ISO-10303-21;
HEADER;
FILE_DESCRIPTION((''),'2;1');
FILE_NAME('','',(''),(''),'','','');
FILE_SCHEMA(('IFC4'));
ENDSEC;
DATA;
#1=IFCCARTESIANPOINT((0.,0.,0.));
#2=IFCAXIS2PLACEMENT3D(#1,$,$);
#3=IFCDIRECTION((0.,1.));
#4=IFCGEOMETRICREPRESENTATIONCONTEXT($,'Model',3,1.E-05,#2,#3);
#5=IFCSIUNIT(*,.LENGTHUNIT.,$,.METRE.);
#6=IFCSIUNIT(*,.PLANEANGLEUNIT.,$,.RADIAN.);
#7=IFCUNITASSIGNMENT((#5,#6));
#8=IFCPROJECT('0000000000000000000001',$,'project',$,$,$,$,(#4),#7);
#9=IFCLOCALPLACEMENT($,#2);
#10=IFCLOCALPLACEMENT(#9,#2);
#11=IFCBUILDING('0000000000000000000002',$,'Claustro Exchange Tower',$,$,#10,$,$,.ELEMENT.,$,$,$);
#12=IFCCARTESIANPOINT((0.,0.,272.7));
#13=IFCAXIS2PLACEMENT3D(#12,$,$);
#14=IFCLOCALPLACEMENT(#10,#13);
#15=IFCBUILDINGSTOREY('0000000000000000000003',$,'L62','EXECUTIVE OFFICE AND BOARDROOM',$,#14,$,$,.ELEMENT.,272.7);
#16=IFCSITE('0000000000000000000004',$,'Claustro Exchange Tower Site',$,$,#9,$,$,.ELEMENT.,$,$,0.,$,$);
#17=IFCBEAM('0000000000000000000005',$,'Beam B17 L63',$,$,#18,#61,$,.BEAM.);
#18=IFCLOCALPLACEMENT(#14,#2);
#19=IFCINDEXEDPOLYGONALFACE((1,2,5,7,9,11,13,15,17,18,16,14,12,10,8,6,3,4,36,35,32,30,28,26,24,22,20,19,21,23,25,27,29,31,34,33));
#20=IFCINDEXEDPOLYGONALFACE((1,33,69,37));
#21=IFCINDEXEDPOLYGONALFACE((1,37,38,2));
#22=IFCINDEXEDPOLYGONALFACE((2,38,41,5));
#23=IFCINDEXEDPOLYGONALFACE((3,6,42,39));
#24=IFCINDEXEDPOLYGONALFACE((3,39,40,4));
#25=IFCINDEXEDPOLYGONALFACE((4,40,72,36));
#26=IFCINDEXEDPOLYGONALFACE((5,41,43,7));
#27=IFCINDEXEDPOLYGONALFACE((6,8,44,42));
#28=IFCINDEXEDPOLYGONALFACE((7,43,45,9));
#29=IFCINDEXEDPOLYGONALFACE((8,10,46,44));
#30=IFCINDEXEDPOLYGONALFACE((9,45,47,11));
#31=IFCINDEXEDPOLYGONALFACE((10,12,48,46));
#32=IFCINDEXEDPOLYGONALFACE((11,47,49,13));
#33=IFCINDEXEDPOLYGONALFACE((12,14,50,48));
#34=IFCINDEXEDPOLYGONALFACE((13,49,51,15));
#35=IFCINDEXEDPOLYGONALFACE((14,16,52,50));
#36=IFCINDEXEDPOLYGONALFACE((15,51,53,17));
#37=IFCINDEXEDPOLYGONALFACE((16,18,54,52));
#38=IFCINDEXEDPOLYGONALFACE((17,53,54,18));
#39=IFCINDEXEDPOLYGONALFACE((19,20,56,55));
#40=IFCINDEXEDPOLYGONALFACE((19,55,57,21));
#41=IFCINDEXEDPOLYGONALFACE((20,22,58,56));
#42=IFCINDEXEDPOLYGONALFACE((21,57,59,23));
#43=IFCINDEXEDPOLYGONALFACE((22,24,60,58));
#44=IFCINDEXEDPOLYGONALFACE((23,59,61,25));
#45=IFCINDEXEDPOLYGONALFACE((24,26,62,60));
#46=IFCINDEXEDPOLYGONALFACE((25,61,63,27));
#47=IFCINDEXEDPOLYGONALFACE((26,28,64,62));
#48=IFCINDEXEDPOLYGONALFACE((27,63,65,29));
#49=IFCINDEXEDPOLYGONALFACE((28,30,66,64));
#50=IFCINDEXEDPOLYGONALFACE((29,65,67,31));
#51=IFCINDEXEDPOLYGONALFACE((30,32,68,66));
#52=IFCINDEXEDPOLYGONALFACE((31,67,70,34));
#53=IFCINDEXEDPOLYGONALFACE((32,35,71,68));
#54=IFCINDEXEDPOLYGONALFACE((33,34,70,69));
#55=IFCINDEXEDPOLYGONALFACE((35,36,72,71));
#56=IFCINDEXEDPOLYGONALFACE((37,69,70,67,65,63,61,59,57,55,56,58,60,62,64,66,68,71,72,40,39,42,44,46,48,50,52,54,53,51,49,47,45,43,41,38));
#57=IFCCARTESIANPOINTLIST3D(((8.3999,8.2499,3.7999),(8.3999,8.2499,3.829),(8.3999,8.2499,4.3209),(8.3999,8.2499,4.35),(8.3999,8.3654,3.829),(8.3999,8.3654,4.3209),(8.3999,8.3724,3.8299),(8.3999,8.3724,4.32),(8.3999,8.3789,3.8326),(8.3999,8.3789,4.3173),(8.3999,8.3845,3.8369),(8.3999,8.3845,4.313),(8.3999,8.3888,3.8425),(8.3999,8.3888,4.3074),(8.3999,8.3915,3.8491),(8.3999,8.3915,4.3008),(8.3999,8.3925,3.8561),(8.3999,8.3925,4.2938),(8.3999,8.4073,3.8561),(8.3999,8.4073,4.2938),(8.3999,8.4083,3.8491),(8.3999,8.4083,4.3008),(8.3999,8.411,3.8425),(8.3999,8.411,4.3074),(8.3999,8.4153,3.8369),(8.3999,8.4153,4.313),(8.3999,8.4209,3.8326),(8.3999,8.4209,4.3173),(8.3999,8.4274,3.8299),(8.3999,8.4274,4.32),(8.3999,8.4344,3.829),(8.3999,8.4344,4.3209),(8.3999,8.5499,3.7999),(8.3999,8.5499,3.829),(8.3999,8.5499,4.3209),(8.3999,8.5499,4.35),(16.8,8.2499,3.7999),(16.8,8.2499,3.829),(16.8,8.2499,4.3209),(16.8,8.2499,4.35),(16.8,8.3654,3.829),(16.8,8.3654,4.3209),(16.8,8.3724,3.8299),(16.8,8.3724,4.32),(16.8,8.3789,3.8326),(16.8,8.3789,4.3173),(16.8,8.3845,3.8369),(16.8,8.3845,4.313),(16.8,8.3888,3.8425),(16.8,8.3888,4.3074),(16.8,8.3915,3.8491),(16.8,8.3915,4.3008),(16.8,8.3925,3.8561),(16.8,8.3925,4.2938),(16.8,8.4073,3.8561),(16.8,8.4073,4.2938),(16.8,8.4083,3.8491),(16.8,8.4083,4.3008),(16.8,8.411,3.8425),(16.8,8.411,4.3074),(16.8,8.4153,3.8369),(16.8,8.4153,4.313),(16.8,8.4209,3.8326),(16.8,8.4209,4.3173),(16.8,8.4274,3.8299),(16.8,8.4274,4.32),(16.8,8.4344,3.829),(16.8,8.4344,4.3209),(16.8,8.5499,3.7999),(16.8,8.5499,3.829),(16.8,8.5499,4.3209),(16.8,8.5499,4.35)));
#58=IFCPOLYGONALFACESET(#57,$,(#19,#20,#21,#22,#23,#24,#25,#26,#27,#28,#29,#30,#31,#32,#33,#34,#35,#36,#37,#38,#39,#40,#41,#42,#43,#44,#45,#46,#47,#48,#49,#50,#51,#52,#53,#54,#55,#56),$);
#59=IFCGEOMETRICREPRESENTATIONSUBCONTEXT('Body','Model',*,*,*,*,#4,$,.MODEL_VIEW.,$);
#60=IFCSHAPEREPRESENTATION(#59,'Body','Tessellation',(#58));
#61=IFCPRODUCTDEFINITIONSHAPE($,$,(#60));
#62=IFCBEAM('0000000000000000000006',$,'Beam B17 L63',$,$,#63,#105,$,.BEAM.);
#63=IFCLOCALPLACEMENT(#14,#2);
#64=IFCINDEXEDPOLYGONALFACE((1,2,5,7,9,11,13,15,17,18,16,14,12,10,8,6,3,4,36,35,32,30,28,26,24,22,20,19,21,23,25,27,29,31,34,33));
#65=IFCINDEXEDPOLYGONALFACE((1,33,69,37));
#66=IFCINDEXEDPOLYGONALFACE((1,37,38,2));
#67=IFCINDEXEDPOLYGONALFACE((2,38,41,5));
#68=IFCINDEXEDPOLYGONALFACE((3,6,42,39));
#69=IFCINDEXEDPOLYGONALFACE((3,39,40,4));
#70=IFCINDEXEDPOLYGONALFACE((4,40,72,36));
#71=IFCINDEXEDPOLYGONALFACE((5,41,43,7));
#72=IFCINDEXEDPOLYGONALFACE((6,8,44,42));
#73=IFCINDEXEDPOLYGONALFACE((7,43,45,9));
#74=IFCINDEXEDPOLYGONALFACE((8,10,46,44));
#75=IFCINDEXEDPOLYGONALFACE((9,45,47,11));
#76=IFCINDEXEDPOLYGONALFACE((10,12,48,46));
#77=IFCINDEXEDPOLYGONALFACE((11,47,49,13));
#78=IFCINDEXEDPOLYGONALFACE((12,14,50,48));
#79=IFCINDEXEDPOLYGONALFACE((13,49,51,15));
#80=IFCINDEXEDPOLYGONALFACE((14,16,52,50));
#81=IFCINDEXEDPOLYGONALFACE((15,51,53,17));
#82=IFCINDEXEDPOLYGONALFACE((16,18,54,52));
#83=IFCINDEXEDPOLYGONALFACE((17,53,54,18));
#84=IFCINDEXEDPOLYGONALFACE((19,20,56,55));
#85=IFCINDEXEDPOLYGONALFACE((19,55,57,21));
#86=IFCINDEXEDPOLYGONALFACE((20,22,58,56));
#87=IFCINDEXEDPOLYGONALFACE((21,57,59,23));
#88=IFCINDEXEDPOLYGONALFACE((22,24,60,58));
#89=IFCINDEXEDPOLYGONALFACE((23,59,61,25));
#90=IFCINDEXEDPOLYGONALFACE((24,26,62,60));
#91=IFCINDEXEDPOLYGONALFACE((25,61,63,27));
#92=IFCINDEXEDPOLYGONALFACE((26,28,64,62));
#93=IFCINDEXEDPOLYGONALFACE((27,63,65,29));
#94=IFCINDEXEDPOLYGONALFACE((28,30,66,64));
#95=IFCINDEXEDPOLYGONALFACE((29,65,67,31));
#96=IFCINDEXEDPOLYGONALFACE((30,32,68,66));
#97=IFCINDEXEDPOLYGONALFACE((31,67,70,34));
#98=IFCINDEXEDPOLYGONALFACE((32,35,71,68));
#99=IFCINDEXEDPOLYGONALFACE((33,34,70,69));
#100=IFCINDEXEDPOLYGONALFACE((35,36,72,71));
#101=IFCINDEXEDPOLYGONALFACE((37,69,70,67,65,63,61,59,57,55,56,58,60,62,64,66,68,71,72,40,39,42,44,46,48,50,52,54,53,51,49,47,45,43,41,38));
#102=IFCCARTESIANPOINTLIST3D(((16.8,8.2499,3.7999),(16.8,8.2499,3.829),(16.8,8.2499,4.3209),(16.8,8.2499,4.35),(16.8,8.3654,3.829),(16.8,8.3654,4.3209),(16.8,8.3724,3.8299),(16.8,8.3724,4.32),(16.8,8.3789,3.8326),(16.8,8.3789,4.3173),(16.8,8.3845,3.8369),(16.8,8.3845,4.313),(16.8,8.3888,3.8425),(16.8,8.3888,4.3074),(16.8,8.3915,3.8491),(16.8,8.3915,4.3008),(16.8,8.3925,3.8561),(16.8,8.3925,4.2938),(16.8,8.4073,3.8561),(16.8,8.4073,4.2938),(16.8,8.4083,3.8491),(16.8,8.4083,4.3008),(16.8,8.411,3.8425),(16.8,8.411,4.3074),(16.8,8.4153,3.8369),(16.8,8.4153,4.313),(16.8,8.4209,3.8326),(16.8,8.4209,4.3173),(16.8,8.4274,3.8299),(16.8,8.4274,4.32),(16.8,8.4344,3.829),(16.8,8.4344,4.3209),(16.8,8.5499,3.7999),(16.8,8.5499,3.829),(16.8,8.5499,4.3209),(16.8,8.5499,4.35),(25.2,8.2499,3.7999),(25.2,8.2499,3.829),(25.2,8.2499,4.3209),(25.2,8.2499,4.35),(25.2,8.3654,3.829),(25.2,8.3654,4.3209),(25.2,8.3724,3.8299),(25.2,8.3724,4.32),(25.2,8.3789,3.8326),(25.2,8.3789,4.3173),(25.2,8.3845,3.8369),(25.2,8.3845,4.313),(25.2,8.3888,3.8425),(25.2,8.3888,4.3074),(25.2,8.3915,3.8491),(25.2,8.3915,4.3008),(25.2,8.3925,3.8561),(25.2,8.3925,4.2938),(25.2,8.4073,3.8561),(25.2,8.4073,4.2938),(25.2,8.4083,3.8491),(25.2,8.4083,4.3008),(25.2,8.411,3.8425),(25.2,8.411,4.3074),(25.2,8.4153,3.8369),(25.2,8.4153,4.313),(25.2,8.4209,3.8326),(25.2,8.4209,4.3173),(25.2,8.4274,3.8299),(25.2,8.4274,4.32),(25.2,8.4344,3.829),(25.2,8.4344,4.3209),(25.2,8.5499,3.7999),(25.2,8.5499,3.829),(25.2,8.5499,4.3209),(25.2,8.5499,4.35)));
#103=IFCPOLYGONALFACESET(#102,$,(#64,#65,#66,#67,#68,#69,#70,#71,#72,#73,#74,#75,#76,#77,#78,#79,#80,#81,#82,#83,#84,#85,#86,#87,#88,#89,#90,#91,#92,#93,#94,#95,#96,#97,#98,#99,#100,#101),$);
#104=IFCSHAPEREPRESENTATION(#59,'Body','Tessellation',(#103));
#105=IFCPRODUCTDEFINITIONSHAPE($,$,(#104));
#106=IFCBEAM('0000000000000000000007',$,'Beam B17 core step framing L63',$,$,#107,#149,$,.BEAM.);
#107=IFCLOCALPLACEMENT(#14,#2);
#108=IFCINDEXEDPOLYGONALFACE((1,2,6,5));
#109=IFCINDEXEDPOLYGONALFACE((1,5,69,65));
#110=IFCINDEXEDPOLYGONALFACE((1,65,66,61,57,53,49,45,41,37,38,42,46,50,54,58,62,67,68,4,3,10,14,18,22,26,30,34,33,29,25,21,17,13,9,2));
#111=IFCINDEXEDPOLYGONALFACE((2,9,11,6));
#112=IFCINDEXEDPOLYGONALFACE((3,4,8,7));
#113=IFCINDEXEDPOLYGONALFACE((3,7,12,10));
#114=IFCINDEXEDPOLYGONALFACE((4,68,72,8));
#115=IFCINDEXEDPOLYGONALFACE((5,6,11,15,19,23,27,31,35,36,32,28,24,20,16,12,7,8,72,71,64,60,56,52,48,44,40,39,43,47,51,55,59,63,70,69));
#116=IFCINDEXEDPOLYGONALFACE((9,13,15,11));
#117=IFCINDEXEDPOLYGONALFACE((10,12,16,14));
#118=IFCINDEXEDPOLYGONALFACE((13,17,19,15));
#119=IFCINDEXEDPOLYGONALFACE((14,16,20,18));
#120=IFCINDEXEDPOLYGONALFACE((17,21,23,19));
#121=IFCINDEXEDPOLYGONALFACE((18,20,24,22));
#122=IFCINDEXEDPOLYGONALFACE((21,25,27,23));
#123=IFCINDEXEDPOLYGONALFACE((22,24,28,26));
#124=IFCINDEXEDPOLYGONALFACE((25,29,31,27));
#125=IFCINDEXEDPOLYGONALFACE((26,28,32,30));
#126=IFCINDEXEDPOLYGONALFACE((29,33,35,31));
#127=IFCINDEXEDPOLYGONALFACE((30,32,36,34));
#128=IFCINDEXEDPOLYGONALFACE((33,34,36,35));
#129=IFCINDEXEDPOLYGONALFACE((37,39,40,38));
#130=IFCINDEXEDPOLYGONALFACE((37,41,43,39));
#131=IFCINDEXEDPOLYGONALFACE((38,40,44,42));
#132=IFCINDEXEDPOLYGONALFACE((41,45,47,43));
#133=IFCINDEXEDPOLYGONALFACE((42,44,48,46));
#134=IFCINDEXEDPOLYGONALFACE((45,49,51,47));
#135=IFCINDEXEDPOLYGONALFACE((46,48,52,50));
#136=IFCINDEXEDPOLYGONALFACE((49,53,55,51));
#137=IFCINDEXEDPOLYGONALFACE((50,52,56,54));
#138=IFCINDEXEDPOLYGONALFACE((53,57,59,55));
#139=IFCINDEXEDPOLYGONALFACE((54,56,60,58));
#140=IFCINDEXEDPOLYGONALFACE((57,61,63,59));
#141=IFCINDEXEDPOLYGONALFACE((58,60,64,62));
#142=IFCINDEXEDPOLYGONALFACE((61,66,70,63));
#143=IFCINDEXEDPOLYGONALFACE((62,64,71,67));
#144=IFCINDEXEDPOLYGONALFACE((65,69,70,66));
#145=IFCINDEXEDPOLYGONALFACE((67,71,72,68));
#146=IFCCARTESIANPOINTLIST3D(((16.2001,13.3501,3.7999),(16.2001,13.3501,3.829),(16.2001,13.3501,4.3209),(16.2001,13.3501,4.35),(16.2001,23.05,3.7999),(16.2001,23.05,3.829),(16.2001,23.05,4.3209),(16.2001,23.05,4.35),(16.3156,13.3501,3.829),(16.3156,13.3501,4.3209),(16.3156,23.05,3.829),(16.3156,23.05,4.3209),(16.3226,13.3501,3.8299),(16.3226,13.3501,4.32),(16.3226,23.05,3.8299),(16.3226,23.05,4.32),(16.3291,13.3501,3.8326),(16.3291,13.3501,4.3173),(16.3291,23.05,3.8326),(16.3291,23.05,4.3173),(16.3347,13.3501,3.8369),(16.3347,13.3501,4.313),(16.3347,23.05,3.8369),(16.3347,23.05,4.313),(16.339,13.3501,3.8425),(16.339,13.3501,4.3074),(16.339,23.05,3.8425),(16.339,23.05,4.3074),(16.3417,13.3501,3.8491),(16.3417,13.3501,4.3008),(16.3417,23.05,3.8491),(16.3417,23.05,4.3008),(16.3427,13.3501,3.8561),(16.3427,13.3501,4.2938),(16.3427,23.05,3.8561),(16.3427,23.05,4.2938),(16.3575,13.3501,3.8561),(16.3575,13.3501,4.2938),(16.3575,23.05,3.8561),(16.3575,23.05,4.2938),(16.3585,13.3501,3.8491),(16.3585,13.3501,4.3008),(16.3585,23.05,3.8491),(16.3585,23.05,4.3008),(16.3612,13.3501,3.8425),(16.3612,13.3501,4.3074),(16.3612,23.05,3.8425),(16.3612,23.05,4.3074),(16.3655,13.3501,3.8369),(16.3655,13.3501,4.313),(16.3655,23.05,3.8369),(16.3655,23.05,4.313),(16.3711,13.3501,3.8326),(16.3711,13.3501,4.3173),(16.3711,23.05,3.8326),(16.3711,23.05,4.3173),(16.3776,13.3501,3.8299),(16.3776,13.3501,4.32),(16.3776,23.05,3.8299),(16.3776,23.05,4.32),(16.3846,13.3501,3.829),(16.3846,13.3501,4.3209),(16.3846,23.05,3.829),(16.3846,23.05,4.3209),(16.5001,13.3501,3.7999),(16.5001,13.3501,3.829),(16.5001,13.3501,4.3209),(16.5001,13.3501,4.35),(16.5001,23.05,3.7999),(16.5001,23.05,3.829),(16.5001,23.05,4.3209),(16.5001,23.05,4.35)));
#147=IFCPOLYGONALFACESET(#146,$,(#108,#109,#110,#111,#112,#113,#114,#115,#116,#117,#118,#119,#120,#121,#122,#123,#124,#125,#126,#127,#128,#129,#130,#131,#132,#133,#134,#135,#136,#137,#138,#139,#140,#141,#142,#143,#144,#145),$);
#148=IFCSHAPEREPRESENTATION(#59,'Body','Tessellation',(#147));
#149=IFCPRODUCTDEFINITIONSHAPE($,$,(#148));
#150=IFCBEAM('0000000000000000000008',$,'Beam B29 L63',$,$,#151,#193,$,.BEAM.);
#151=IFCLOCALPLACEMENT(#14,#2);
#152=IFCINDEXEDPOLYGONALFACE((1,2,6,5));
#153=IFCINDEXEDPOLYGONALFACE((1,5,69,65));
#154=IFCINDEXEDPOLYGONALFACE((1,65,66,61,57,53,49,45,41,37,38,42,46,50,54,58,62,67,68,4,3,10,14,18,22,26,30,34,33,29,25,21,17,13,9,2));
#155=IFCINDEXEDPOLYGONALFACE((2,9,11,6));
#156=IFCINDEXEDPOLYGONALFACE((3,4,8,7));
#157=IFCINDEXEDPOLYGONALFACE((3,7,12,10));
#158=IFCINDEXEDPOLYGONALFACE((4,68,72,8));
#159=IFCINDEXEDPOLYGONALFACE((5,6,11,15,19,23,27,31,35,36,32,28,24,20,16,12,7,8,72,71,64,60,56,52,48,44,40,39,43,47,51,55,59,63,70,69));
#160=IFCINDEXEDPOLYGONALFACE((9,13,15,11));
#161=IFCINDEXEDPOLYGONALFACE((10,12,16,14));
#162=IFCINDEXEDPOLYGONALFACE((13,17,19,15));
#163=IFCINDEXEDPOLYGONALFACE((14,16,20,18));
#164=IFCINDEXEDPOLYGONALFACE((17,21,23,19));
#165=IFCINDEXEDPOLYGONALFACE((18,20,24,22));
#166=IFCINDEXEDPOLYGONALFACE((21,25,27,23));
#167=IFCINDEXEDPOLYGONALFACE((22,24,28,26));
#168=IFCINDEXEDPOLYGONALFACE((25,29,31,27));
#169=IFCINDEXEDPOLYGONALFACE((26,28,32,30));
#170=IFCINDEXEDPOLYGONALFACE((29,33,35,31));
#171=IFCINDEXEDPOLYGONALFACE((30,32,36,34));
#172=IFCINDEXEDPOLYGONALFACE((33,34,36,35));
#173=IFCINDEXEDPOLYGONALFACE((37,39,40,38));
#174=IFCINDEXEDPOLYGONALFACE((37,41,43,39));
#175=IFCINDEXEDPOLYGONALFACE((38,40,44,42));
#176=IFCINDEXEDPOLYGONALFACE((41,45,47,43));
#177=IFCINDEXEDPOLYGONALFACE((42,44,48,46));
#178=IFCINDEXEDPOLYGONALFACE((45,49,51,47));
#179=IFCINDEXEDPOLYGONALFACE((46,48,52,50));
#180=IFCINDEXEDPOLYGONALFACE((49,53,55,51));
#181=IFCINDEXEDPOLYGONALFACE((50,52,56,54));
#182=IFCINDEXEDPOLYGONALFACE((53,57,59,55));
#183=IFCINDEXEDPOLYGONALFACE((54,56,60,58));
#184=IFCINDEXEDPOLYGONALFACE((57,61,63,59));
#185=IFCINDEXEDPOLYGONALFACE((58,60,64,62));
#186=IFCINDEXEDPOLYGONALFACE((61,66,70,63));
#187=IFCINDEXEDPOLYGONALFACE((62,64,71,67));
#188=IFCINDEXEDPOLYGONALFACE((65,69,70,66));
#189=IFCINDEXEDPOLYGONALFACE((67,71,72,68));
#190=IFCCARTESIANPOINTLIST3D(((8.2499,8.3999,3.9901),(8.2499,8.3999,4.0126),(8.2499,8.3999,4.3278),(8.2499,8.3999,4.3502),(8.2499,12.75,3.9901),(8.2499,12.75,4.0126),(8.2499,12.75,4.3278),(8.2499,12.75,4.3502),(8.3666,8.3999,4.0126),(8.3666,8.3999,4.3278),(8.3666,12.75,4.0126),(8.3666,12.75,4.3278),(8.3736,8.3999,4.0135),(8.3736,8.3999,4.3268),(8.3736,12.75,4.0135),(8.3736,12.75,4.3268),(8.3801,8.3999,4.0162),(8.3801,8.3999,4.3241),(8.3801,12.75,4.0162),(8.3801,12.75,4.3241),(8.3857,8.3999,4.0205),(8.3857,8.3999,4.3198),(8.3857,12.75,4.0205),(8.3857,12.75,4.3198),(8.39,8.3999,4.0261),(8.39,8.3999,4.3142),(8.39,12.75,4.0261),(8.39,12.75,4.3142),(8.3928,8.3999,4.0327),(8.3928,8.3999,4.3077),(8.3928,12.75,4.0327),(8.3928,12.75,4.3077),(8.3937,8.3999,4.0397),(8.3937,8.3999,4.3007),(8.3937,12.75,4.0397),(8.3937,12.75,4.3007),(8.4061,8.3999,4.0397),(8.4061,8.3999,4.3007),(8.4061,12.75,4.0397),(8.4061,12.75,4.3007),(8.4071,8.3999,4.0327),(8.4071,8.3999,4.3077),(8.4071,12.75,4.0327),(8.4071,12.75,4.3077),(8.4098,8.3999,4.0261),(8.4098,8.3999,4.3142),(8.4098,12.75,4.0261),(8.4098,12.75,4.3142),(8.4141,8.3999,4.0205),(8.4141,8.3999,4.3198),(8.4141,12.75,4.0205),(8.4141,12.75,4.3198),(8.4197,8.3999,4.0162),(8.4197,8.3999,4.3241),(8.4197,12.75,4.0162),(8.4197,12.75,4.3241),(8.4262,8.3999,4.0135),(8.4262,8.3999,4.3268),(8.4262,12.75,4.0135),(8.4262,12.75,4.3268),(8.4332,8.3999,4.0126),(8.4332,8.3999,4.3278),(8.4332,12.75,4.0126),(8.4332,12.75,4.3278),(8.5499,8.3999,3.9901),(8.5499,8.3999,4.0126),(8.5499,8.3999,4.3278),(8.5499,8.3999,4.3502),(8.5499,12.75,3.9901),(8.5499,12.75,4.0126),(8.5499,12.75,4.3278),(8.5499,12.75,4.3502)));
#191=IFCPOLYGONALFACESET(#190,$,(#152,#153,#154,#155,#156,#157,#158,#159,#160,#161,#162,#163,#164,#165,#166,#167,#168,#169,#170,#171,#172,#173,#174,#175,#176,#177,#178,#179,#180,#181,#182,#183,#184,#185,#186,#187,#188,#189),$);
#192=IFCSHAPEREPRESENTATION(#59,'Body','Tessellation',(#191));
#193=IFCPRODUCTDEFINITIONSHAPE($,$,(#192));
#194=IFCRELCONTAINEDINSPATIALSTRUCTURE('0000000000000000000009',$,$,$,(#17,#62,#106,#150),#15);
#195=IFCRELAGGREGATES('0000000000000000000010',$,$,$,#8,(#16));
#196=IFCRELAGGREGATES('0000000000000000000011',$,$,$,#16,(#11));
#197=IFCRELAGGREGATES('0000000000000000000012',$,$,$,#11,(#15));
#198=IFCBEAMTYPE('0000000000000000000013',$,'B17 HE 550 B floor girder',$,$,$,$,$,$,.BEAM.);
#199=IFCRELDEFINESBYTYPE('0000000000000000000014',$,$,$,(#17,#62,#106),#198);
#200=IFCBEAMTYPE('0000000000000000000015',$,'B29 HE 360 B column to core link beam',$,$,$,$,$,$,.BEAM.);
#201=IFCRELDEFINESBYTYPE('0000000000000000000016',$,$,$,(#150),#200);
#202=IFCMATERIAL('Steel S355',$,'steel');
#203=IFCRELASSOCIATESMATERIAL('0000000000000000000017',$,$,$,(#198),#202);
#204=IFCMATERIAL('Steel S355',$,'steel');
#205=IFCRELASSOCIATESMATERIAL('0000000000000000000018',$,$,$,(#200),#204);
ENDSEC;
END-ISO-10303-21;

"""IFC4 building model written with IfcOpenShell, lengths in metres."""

from ifc_helpers import new_model, si_unit, direction, frame, origin, origin_2d, place, context, subcontext, project, spatial, i_section, extrude, material, material_profile, profile_set, type_object, element, save


model = new_model("IFC4")

# Units and contexts
model_context = context("Model", 3, precision=1e-05, world=origin(), true_north=direction((0.0, 1.0)))
body_context = subcontext(model_context, "Body", "Model", "MODEL_VIEW")
ifc_project = project(units=[si_unit("LENGTHUNIT", "METRE"), si_unit("PLANEANGLEUNIT", "RADIAN")], contexts=[model_context])

# Site, building, storey
site_placement = place(None, origin())
site = spatial("IfcSite", under=ifc_project, at=site_placement, Name="Claustro Exchange Tower Site", CompositionType="ELEMENT", RefElevation=0.0)
building_placement = place(site_placement, origin())
building = spatial("IfcBuilding", under=site, at=building_placement, Name="Claustro Exchange Tower", CompositionType="ELEMENT")
storey_placement = place(building_placement, frame((0.0, 0.0, 272.7)))
storey = spatial("IfcBuildingStorey", under=building, at=storey_placement, Name="L62", Description="EXECUTIVE OFFICE AND BOARDROOM", CompositionType="ELEMENT", Elevation=272.7)

# Beams
ifc_material_1 = material(Name="Steel S355", Category="steel")
ifc_material_profile_1 = material_profile(ifc_material_1, i_section(OverallWidth=0.3, OverallDepth=0.55, WebThickness=0.0149, FlangeThickness=0.0291, FilletRadius=0.0271, at=origin_2d()), Name="HE 550 B")
ifc_profile_set_1 = profile_set([ifc_material_profile_1], Name="Steel S355")
beam_type_1 = type_object("IfcBeamType", Name="B17 HE 550 B floor girder", PredefinedType="BEAM", material=ifc_profile_set_1)
beam_1_placement = place(storey_placement, frame((8.3999, 8.3999, 4.075), z_axis=(1.0, 0.0, 0.0), x_axis=(0.0, 1.0, 0.0)))
element("IfcBeam", 1, at=beam_1_placement, inside=storey, type_object=beam_type_1, Name="Beam B17 L63", PredefinedType="BEAM", context=body_context, shape_type="SweptSolid", body=[
    extrude(i_section(OverallWidth=0.3, OverallDepth=0.55, WebThickness=0.0149, FlangeThickness=0.0291, FilletRadius=0.0271, at=origin_2d()), origin(), (0.0, 0.0, 1.0), 8.4001),
])
beam_2_placement = place(storey_placement, frame((16.8, 8.3999, 4.075), z_axis=(1.0, 0.0, 0.0), x_axis=(0.0, 1.0, 0.0)))
element("IfcBeam", 2, at=beam_2_placement, inside=storey, type_object=beam_type_1, Name="Beam B17 L63", PredefinedType="BEAM", context=body_context, shape_type="SweptSolid", body=[
    extrude(i_section(OverallWidth=0.3, OverallDepth=0.55, WebThickness=0.0149, FlangeThickness=0.0291, FilletRadius=0.0271, at=origin_2d()), origin(), (0.0, 0.0, 1.0), 8.3999),
])
beam_3_placement = place(storey_placement, frame((16.3501, 13.3501, 4.075), z_axis=(0.0, 1.0, 0.0), x_axis=(-1.0, 0.0, 0.0)))
element("IfcBeam", 3, at=beam_3_placement, inside=storey, type_object=beam_type_1, Name="Beam B17 core step framing L63", PredefinedType="BEAM", context=body_context, shape_type="SweptSolid", body=[
    extrude(i_section(OverallWidth=0.3, OverallDepth=0.55, WebThickness=0.0149, FlangeThickness=0.0291, FilletRadius=0.0271, at=origin_2d()), origin(), (0.0, 0.0, 1.0), 9.7),
])
ifc_material_2 = material(Name="Steel S355", Category="steel")
ifc_material_profile_2 = material_profile(ifc_material_2, i_section(OverallWidth=0.3, OverallDepth=0.3601, WebThickness=0.0125, FlangeThickness=0.0225, FilletRadius=0.0271, at=origin_2d()), Name="HE 360 B")
ifc_profile_set_2 = profile_set([ifc_material_profile_2], Name="Steel S355")
beam_type_2 = type_object("IfcBeamType", Name="B29 HE 360 B column to core link beam", PredefinedType="BEAM", material=ifc_profile_set_2)
for number, where, z_axis, x_axis, name in (
    (4, (8.3999, 8.3999, 4.1702), (0.0, 1.0, 0.0), (-1.0, 0.0, 0.0), "Beam B29 L63"),
):
    element("IfcBeam", number, at=place(storey_placement, frame(where, z_axis=z_axis, x_axis=x_axis)), inside=storey, type_object=beam_type_2, Name=name, PredefinedType="BEAM", context=body_context, shape_type="SweptSolid", body=[
        extrude(i_section(OverallWidth=0.3, OverallDepth=0.3601, WebThickness=0.0125, FlangeThickness=0.0225, FilletRadius=0.0271, at=origin_2d()), origin(), (0.0, 0.0, 1.0), 4.3501),
    ])

save(model, "model.ifc")
